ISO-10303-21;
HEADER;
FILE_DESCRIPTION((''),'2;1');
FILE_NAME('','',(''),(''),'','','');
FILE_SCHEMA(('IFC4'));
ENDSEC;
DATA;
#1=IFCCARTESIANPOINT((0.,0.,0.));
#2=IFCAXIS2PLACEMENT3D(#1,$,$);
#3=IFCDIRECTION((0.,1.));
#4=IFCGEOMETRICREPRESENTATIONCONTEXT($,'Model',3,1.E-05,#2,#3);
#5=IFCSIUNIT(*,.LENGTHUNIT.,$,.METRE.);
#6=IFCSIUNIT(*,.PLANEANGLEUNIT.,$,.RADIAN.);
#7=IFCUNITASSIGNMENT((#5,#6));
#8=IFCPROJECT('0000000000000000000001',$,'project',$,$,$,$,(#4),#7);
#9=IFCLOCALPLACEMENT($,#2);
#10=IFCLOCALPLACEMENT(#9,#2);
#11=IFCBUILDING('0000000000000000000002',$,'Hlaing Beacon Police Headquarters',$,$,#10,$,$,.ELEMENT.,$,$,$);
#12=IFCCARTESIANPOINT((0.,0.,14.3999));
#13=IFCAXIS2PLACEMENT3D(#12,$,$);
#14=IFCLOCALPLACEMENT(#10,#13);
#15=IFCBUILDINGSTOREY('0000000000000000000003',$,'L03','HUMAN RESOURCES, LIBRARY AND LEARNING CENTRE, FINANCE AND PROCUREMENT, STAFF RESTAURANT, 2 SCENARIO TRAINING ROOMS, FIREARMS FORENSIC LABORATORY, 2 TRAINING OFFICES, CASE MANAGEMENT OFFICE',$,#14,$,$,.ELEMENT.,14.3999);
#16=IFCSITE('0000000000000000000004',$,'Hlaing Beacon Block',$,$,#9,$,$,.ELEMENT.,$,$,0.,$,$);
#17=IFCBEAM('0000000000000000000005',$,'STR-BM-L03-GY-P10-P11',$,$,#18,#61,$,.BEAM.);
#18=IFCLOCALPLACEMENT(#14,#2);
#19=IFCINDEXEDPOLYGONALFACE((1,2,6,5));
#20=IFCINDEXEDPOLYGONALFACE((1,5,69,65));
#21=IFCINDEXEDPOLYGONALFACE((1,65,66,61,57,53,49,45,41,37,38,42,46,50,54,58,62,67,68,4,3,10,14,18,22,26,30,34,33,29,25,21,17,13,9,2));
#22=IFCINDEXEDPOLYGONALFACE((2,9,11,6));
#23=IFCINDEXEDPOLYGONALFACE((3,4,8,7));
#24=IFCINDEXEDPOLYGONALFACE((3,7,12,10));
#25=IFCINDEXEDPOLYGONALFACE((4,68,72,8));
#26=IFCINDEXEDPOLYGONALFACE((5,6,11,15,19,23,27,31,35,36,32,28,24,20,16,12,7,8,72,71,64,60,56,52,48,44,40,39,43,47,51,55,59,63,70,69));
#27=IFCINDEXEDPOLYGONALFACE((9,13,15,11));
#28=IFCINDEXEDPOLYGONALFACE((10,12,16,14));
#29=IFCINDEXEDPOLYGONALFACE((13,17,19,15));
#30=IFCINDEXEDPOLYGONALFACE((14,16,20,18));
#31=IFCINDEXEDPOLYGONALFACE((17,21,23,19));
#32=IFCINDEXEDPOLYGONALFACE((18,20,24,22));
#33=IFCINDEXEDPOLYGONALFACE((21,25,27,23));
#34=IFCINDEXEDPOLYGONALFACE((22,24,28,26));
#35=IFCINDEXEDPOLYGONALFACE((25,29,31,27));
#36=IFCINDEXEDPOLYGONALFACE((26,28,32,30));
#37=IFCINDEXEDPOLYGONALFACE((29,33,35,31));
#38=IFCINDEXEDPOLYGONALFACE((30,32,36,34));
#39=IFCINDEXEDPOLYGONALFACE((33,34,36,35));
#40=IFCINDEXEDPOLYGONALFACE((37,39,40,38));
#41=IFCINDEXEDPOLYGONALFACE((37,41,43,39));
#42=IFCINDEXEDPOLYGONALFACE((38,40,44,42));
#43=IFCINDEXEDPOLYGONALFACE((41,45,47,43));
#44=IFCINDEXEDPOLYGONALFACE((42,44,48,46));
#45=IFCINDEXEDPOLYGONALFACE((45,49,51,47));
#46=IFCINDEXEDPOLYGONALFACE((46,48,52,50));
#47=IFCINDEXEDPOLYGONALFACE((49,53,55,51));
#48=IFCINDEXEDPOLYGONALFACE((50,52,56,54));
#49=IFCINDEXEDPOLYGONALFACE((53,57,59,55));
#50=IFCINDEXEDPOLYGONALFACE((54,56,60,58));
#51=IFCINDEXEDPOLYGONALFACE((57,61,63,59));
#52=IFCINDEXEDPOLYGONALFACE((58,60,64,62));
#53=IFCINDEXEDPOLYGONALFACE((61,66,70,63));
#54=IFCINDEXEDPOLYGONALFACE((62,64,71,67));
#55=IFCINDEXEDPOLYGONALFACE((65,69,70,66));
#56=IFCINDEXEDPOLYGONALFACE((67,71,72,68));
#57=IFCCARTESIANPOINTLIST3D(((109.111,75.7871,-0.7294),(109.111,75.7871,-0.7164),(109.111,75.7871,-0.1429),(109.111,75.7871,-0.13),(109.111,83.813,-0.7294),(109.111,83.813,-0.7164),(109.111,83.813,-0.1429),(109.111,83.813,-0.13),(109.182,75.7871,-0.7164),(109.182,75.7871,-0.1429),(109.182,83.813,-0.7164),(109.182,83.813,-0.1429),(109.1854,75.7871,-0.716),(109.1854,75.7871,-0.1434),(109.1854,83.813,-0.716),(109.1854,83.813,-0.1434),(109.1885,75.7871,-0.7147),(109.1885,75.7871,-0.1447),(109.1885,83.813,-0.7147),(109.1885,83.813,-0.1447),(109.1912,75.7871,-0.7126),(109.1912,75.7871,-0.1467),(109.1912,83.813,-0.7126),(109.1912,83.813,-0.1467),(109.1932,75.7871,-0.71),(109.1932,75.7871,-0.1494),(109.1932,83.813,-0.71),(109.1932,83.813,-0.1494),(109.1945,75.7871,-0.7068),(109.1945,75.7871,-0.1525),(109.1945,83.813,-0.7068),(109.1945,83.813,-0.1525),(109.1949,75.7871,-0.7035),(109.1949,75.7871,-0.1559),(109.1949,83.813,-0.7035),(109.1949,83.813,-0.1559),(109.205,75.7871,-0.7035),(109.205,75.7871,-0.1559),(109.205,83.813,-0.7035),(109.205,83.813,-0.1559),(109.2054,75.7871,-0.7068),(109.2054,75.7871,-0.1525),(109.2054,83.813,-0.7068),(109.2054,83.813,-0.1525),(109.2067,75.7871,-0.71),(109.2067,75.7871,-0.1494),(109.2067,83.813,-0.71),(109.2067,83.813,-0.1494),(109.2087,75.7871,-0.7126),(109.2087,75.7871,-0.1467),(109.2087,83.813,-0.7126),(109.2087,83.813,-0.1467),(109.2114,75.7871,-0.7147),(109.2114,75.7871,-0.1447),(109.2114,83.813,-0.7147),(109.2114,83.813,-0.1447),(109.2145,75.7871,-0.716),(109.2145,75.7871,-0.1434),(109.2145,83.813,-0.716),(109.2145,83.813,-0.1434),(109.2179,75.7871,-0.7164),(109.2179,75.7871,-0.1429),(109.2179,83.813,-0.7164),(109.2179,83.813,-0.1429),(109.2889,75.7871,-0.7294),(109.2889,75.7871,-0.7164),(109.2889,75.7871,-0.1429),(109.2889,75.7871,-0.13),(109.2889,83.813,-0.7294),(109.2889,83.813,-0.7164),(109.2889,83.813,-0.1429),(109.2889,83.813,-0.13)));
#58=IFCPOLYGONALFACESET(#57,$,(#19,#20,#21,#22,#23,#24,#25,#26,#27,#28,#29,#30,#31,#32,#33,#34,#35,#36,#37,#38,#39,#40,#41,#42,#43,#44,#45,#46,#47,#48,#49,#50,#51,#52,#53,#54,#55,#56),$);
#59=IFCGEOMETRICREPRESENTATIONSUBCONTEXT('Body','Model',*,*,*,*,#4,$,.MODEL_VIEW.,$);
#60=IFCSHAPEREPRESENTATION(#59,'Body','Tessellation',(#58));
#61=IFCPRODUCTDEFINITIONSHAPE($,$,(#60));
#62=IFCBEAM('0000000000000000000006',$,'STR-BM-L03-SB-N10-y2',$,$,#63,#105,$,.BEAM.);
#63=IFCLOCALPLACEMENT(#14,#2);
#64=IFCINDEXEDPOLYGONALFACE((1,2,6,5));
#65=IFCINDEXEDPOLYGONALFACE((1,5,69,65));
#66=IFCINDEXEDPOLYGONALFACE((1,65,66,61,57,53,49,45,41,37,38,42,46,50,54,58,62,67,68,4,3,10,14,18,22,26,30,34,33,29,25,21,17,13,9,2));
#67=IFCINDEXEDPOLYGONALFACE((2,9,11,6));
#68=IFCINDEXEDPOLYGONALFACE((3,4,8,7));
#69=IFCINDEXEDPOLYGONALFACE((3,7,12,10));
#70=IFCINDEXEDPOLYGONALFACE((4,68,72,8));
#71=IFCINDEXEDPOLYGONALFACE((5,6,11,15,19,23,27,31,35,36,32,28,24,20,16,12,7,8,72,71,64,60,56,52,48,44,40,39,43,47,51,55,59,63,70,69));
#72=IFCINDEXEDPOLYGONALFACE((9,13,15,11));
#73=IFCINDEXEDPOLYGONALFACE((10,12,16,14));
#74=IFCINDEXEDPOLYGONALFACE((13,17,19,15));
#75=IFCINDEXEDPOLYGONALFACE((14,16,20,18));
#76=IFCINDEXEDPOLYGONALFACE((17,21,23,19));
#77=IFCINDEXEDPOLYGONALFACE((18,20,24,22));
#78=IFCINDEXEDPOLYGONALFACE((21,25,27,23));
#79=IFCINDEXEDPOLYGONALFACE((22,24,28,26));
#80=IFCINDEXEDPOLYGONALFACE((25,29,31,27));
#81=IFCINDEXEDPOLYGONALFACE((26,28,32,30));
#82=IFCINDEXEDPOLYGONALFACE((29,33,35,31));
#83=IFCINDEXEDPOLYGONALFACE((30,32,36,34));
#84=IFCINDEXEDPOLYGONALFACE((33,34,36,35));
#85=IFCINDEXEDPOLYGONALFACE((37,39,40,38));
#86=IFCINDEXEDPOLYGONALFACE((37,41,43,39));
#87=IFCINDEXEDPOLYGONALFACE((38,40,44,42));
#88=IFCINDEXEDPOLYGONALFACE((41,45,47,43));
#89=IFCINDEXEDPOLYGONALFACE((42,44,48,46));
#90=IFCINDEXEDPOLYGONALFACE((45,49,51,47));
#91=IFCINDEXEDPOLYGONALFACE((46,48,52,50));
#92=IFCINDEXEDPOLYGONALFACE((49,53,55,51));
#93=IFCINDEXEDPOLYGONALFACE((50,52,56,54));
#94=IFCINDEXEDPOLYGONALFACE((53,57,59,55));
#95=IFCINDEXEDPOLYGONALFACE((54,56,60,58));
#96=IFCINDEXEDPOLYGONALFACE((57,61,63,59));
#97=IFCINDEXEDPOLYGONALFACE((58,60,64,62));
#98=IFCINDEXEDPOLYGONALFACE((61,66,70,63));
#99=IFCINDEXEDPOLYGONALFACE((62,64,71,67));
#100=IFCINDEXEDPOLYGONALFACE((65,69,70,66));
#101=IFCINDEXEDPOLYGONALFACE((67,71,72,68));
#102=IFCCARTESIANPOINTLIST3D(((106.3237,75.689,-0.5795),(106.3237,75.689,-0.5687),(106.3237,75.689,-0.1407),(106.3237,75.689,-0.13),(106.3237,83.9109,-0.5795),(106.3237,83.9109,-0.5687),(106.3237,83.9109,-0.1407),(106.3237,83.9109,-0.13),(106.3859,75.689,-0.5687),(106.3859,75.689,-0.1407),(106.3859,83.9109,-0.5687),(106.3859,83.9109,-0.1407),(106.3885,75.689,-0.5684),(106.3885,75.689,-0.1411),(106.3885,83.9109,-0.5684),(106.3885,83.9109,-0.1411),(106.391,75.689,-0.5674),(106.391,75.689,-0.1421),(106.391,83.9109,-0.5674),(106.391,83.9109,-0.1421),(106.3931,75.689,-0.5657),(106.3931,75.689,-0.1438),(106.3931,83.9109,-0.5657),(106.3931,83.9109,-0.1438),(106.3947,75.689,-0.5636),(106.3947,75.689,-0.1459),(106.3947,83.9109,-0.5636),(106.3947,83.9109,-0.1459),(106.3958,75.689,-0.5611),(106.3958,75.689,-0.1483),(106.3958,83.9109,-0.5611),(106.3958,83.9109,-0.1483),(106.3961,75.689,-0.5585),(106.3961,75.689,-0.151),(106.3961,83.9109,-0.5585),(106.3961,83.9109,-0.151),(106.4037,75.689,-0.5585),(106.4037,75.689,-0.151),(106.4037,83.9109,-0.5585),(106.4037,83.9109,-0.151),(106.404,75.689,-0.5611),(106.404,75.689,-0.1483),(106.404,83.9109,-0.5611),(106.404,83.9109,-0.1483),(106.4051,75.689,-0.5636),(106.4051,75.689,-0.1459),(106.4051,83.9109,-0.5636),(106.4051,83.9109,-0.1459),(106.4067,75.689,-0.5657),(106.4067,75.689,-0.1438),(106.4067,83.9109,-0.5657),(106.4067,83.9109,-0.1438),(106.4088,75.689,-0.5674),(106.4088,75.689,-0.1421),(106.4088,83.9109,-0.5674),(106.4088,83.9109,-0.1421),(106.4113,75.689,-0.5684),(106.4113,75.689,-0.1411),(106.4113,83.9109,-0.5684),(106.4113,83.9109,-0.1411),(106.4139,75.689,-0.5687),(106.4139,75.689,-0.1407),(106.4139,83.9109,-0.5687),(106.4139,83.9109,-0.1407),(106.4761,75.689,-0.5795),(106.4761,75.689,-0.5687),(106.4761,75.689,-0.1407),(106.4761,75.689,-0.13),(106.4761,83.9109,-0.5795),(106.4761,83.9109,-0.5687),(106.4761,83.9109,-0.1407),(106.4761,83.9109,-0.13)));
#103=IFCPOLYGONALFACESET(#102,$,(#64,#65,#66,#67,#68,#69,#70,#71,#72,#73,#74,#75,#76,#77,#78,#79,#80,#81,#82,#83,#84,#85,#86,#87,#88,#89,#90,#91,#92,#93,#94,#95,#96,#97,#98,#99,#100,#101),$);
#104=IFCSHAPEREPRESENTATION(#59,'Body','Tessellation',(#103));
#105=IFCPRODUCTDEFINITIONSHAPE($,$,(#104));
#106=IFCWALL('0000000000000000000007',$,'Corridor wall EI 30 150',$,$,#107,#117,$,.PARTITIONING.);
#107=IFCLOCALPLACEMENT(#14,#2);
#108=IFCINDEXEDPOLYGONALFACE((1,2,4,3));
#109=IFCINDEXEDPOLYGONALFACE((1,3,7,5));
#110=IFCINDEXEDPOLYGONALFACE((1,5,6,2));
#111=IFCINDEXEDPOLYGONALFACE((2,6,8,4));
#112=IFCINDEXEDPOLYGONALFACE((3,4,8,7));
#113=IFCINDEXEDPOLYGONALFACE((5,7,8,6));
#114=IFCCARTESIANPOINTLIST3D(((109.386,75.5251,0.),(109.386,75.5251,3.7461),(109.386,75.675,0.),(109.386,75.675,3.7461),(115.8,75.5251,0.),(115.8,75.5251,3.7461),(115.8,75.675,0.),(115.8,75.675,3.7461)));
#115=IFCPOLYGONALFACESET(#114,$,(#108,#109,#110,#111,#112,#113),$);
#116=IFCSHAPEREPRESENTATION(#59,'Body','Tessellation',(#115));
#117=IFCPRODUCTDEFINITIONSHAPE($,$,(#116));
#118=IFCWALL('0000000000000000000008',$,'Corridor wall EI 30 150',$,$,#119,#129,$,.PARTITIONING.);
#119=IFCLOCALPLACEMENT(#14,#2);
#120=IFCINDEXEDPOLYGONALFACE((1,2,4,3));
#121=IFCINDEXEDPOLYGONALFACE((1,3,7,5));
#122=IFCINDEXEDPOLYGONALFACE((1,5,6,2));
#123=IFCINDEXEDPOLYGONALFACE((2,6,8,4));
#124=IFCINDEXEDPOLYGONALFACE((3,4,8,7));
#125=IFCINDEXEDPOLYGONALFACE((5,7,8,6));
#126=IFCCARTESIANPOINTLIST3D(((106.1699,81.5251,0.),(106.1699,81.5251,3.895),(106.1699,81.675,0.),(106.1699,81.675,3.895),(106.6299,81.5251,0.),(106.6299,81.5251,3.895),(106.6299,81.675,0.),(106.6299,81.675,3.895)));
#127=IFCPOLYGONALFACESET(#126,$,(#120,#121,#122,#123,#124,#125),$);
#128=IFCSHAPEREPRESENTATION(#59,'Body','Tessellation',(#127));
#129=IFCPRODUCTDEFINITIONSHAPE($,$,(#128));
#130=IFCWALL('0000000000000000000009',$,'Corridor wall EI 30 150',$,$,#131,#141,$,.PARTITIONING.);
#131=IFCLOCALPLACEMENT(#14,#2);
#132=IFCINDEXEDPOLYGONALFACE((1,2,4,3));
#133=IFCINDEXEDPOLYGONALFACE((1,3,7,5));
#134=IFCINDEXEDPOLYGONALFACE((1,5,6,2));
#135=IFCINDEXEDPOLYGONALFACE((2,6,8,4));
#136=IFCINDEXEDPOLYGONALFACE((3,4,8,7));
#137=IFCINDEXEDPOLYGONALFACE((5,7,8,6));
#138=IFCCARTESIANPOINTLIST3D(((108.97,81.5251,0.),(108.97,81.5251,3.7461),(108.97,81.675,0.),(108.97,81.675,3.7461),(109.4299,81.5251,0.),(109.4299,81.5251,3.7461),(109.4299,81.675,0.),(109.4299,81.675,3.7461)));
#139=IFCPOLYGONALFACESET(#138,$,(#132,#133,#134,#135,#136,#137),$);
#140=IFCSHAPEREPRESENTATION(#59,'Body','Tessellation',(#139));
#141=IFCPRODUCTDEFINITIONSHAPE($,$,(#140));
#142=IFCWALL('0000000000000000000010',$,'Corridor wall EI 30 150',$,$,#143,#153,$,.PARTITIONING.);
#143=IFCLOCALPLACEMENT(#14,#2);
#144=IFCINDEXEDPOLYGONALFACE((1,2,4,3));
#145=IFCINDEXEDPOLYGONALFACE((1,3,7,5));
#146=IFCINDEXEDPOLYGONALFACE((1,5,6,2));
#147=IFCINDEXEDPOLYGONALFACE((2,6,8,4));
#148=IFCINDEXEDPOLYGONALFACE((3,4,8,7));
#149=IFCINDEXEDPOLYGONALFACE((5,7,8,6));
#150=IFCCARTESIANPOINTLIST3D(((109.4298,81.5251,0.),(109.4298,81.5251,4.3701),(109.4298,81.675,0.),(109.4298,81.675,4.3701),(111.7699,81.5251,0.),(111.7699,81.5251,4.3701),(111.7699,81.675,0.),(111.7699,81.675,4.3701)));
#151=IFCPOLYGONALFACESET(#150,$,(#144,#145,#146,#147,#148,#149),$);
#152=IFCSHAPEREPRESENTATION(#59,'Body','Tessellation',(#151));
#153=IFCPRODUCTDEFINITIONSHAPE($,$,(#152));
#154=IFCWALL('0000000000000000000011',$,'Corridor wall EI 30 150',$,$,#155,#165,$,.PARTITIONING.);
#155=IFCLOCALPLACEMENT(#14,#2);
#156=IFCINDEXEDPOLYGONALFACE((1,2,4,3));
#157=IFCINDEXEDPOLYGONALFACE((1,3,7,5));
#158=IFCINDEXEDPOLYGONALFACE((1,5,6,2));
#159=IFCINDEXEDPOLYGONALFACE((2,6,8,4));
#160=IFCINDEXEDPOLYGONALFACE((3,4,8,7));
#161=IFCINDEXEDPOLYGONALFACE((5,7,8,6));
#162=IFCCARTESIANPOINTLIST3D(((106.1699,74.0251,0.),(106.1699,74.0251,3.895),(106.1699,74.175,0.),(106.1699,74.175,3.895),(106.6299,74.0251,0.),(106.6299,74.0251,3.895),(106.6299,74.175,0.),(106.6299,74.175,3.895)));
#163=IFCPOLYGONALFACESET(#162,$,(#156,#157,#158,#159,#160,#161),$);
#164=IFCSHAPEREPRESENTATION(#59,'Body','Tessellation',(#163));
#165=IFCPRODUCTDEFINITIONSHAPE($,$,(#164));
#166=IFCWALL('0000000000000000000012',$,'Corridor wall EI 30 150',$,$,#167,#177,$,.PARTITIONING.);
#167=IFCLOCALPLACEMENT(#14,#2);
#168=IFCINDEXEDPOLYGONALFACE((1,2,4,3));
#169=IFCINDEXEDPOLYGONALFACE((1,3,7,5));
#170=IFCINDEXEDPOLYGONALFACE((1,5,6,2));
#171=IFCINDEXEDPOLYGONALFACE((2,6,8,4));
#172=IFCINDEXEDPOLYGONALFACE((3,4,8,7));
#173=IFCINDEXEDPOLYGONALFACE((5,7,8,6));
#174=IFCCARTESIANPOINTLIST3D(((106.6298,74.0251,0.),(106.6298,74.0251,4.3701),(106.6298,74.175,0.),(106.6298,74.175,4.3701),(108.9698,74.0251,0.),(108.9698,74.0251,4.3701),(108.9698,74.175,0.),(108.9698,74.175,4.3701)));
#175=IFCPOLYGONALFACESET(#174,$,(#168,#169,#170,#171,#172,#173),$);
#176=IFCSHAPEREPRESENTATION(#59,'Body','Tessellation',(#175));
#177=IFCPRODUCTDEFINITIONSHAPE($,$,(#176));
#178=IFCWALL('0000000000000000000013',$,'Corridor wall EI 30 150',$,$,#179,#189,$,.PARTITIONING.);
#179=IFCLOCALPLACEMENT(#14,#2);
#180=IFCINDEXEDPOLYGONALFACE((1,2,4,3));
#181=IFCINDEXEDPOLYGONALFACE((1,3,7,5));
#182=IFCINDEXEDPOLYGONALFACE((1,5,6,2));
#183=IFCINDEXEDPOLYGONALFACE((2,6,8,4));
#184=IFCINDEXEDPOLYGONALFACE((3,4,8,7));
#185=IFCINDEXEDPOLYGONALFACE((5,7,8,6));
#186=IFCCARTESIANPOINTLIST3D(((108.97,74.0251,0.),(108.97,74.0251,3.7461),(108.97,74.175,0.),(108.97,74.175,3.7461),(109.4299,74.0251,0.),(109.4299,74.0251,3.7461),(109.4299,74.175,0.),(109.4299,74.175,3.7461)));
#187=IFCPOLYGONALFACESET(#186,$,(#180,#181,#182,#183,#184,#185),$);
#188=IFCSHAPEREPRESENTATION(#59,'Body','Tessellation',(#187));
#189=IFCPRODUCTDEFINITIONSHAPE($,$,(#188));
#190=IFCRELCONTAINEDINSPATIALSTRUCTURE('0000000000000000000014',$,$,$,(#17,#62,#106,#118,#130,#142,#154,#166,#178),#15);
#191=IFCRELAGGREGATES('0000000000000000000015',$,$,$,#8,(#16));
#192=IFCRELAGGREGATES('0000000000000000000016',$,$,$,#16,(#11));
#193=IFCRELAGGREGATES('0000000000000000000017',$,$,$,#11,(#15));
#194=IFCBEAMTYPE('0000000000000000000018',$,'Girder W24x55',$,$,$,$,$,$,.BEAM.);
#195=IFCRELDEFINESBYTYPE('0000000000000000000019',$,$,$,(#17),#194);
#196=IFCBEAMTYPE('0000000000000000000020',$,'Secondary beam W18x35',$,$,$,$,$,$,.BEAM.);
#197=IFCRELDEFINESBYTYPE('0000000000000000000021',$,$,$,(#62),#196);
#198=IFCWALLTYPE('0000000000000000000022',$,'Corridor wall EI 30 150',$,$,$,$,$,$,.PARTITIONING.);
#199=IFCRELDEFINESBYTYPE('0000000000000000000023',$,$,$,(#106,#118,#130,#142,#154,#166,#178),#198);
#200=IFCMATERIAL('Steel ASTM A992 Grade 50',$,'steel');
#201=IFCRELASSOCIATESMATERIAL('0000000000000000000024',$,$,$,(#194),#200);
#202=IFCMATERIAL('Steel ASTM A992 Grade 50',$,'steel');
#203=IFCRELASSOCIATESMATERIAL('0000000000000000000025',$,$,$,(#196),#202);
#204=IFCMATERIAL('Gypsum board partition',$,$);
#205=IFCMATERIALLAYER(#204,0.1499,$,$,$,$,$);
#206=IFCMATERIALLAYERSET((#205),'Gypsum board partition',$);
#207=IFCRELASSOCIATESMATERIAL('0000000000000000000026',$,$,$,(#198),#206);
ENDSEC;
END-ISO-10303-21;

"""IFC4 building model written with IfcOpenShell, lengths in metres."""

from ifc_helpers import new_model, si_unit, direction, frame, frame_2d, origin, origin_2d, place, context, subcontext, project, spatial, rectangle, i_section, extrude, material, layer, layer_set, material_profile, profile_set, type_object, element, save


model = new_model("IFC4")

# Units and contexts
model_context = context("Model", 3, precision=1e-05, world=origin(), true_north=direction((0.0, 1.0)))
body_context = subcontext(model_context, "Body", "Model", "MODEL_VIEW")
ifc_project = project(units=[si_unit("LENGTHUNIT", "METRE"), si_unit("PLANEANGLEUNIT", "RADIAN")], contexts=[model_context])

# Site, building, storey
site_placement = place(None, origin())
site = spatial("IfcSite", under=ifc_project, at=site_placement, Name="Hlaing Beacon Block", CompositionType="ELEMENT", RefElevation=0.0)
building_placement = place(site_placement, origin())
building = spatial("IfcBuilding", under=site, at=building_placement, Name="Hlaing Beacon Police Headquarters", CompositionType="ELEMENT")
storey_placement = place(building_placement, frame((0.0, 0.0, 14.3999)))
storey = spatial("IfcBuildingStorey", under=building, at=storey_placement, Name="L03", Description="HUMAN RESOURCES, LIBRARY AND LEARNING CENTRE, FINANCE AND PROCUREMENT, STAFF RESTAURANT, 2 SCENARIO TRAINING ROOMS, FIREARMS FORENSIC LABORATORY, 2 TRAINING OFFICES, CASE MANAGEMENT OFFICE", CompositionType="ELEMENT", Elevation=14.3999)

# Beams
ifc_material_1 = material(Name="Steel ASTM A992 Grade 50", Category="steel")
ifc_material_profile_1 = material_profile(ifc_material_1, i_section(OverallWidth=0.178, OverallDepth=0.5994, WebThickness=0.01, FlangeThickness=0.0129, FilletRadius=0.0129, at=origin_2d()), Name="W24x55")
ifc_profile_set_1 = profile_set([ifc_material_profile_1], Name="Steel ASTM A992 Grade 50")
beam_type_1 = type_object("IfcBeamType", Name="Girder W24x55", PredefinedType="BEAM", material=ifc_profile_set_1)
beam_1_placement = place(storey_placement, frame((109.2, 75.7871, -0.4297), z_axis=(0.0, 1.0, 0.0), x_axis=(-1.0, 0.0, 0.0)))
element("IfcBeam", 1, at=beam_1_placement, inside=storey, type_object=beam_type_1, Name="STR-BM-L03-GY-P10-P11", PredefinedType="BEAM", context=body_context, shape_type="SweptSolid", body=[
    extrude(i_section(OverallWidth=0.178, OverallDepth=0.5994, WebThickness=0.01, FlangeThickness=0.0129, FilletRadius=0.0129, at=origin_2d()), origin(), (0.0, 0.0, 1.0), 8.0259),
])
ifc_material_2 = material(Name="Steel ASTM A992 Grade 50", Category="steel")
ifc_material_profile_2 = material_profile(ifc_material_2, i_section(OverallWidth=0.1523, OverallDepth=0.4495, WebThickness=0.0076, FlangeThickness=0.0107, FilletRadius=0.0103, at=origin_2d()), Name="W18x35")
ifc_profile_set_2 = profile_set([ifc_material_profile_2], Name="Steel ASTM A992 Grade 50")
beam_type_2 = type_object("IfcBeamType", Name="Secondary beam W18x35", PredefinedType="BEAM", material=ifc_profile_set_2)
beam_2_placement = place(storey_placement, frame((106.3999, 75.689, -0.3547), z_axis=(0.0, 1.0, 0.0), x_axis=(-1.0, 0.0, 0.0)))
element("IfcBeam", 2, at=beam_2_placement, inside=storey, type_object=beam_type_2, Name="STR-BM-L03-SB-N10-y2", PredefinedType="BEAM", context=body_context, shape_type="SweptSolid", body=[
    extrude(i_section(OverallWidth=0.1523, OverallDepth=0.4495, WebThickness=0.0076, FlangeThickness=0.0107, FilletRadius=0.0103, at=origin_2d()), origin(), (0.0, 0.0, 1.0), 8.2219),
])

# Wall
ifc_material_3 = material(Name="Gypsum board partition")
ifc_layer_1 = layer(ifc_material_3, 0.1499)
ifc_layer_set_1 = layer_set([ifc_layer_1], Name="Gypsum board partition")
wall_type = type_object("IfcWallType", Name="Corridor wall EI 30 150", PredefinedType="PARTITIONING", material=ifc_layer_set_1)
wall_1_placement = place(storey_placement, frame((109.386, 75.6001, 0.0), z_axis=(0.0, 0.0, 1.0), x_axis=(1.0, 0.0, 0.0)))
element("IfcWall", 3, at=wall_1_placement, inside=storey, type_object=wall_type, Name="Corridor wall EI 30 150", PredefinedType="PARTITIONING", context=body_context, shape_type="SweptSolid", body=[
    extrude(rectangle(XDim=6.4141, YDim=0.1499, at=frame_2d((3.207, 0.0))), origin(), (0.0, 0.0, 1.0), 3.7461),
])

# Wall
wall_2_placement = place(storey_placement, frame((106.1699, 81.6001, 0.0), z_axis=(0.0, 0.0, 1.0), x_axis=(1.0, 0.0, 0.0)))
element("IfcWall", 4, at=wall_2_placement, inside=storey, type_object=wall_type, Name="Corridor wall EI 30 150", PredefinedType="PARTITIONING", context=body_context, shape_type="SweptSolid", body=[
    extrude(rectangle(XDim=0.46, YDim=0.1499, at=frame_2d((0.23, 0.0))), origin(), (0.0, 0.0, 1.0), 3.895),
])

# Walls
wall_3_placement = place(storey_placement, frame((108.97, 81.6001, 0.0), z_axis=(0.0, 0.0, 1.0), x_axis=(1.0, 0.0, 0.0)))
element("IfcWall", 5, at=wall_3_placement, inside=storey, type_object=wall_type, Name="Corridor wall EI 30 150", PredefinedType="PARTITIONING", context=body_context, shape_type="SweptSolid", body=[
    extrude(rectangle(XDim=0.46, YDim=0.1499, at=frame_2d((0.23, 0.0))), origin(), (0.0, 0.0, 1.0), 3.7461),
])
wall_4_placement = place(storey_placement, frame((109.4299, 81.6001, 0.0), z_axis=(0.0, 0.0, 1.0), x_axis=(1.0, 0.0, 0.0)))
element("IfcWall", 6, at=wall_4_placement, inside=storey, type_object=wall_type, Name="Corridor wall EI 30 150", PredefinedType="PARTITIONING", context=body_context, shape_type="SweptSolid", body=[
    extrude(rectangle(XDim=2.3401, YDim=0.1499, at=frame_2d((1.1699, 0.0))), origin(), (0.0, 0.0, 1.0), 4.3701),
])

# Walls
wall_5_placement = place(storey_placement, frame((106.1699, 74.1001, 0.0), z_axis=(0.0, 0.0, 1.0), x_axis=(1.0, 0.0, 0.0)))
element("IfcWall", 7, at=wall_5_placement, inside=storey, type_object=wall_type, Name="Corridor wall EI 30 150", PredefinedType="PARTITIONING", context=body_context, shape_type="SweptSolid", body=[
    extrude(rectangle(XDim=0.46, YDim=0.1499, at=frame_2d((0.23, 0.0))), origin(), (0.0, 0.0, 1.0), 3.895),
])
wall_6_placement = place(storey_placement, frame((106.6299, 74.1001, 0.0), z_axis=(0.0, 0.0, 1.0), x_axis=(1.0, 0.0, 0.0)))
element("IfcWall", 8, at=wall_6_placement, inside=storey, type_object=wall_type, Name="Corridor wall EI 30 150", PredefinedType="PARTITIONING", context=body_context, shape_type="SweptSolid", body=[
    extrude(rectangle(XDim=2.3401, YDim=0.1499, at=frame_2d((1.1699, 0.0))), origin(), (0.0, 0.0, 1.0), 4.3701),
])
wall_7_placement = place(storey_placement, frame((108.97, 74.1001, 0.0), z_axis=(0.0, 0.0, 1.0), x_axis=(1.0, 0.0, 0.0)))
element("IfcWall", 9, at=wall_7_placement, inside=storey, type_object=wall_type, Name="Corridor wall EI 30 150", PredefinedType="PARTITIONING", context=body_context, shape_type="SweptSolid", body=[
    extrude(rectangle(XDim=0.46, YDim=0.1499, at=frame_2d((0.23, 0.0))), origin(), (0.0, 0.0, 1.0), 3.7461),
])

save(model, "model.ifc")
